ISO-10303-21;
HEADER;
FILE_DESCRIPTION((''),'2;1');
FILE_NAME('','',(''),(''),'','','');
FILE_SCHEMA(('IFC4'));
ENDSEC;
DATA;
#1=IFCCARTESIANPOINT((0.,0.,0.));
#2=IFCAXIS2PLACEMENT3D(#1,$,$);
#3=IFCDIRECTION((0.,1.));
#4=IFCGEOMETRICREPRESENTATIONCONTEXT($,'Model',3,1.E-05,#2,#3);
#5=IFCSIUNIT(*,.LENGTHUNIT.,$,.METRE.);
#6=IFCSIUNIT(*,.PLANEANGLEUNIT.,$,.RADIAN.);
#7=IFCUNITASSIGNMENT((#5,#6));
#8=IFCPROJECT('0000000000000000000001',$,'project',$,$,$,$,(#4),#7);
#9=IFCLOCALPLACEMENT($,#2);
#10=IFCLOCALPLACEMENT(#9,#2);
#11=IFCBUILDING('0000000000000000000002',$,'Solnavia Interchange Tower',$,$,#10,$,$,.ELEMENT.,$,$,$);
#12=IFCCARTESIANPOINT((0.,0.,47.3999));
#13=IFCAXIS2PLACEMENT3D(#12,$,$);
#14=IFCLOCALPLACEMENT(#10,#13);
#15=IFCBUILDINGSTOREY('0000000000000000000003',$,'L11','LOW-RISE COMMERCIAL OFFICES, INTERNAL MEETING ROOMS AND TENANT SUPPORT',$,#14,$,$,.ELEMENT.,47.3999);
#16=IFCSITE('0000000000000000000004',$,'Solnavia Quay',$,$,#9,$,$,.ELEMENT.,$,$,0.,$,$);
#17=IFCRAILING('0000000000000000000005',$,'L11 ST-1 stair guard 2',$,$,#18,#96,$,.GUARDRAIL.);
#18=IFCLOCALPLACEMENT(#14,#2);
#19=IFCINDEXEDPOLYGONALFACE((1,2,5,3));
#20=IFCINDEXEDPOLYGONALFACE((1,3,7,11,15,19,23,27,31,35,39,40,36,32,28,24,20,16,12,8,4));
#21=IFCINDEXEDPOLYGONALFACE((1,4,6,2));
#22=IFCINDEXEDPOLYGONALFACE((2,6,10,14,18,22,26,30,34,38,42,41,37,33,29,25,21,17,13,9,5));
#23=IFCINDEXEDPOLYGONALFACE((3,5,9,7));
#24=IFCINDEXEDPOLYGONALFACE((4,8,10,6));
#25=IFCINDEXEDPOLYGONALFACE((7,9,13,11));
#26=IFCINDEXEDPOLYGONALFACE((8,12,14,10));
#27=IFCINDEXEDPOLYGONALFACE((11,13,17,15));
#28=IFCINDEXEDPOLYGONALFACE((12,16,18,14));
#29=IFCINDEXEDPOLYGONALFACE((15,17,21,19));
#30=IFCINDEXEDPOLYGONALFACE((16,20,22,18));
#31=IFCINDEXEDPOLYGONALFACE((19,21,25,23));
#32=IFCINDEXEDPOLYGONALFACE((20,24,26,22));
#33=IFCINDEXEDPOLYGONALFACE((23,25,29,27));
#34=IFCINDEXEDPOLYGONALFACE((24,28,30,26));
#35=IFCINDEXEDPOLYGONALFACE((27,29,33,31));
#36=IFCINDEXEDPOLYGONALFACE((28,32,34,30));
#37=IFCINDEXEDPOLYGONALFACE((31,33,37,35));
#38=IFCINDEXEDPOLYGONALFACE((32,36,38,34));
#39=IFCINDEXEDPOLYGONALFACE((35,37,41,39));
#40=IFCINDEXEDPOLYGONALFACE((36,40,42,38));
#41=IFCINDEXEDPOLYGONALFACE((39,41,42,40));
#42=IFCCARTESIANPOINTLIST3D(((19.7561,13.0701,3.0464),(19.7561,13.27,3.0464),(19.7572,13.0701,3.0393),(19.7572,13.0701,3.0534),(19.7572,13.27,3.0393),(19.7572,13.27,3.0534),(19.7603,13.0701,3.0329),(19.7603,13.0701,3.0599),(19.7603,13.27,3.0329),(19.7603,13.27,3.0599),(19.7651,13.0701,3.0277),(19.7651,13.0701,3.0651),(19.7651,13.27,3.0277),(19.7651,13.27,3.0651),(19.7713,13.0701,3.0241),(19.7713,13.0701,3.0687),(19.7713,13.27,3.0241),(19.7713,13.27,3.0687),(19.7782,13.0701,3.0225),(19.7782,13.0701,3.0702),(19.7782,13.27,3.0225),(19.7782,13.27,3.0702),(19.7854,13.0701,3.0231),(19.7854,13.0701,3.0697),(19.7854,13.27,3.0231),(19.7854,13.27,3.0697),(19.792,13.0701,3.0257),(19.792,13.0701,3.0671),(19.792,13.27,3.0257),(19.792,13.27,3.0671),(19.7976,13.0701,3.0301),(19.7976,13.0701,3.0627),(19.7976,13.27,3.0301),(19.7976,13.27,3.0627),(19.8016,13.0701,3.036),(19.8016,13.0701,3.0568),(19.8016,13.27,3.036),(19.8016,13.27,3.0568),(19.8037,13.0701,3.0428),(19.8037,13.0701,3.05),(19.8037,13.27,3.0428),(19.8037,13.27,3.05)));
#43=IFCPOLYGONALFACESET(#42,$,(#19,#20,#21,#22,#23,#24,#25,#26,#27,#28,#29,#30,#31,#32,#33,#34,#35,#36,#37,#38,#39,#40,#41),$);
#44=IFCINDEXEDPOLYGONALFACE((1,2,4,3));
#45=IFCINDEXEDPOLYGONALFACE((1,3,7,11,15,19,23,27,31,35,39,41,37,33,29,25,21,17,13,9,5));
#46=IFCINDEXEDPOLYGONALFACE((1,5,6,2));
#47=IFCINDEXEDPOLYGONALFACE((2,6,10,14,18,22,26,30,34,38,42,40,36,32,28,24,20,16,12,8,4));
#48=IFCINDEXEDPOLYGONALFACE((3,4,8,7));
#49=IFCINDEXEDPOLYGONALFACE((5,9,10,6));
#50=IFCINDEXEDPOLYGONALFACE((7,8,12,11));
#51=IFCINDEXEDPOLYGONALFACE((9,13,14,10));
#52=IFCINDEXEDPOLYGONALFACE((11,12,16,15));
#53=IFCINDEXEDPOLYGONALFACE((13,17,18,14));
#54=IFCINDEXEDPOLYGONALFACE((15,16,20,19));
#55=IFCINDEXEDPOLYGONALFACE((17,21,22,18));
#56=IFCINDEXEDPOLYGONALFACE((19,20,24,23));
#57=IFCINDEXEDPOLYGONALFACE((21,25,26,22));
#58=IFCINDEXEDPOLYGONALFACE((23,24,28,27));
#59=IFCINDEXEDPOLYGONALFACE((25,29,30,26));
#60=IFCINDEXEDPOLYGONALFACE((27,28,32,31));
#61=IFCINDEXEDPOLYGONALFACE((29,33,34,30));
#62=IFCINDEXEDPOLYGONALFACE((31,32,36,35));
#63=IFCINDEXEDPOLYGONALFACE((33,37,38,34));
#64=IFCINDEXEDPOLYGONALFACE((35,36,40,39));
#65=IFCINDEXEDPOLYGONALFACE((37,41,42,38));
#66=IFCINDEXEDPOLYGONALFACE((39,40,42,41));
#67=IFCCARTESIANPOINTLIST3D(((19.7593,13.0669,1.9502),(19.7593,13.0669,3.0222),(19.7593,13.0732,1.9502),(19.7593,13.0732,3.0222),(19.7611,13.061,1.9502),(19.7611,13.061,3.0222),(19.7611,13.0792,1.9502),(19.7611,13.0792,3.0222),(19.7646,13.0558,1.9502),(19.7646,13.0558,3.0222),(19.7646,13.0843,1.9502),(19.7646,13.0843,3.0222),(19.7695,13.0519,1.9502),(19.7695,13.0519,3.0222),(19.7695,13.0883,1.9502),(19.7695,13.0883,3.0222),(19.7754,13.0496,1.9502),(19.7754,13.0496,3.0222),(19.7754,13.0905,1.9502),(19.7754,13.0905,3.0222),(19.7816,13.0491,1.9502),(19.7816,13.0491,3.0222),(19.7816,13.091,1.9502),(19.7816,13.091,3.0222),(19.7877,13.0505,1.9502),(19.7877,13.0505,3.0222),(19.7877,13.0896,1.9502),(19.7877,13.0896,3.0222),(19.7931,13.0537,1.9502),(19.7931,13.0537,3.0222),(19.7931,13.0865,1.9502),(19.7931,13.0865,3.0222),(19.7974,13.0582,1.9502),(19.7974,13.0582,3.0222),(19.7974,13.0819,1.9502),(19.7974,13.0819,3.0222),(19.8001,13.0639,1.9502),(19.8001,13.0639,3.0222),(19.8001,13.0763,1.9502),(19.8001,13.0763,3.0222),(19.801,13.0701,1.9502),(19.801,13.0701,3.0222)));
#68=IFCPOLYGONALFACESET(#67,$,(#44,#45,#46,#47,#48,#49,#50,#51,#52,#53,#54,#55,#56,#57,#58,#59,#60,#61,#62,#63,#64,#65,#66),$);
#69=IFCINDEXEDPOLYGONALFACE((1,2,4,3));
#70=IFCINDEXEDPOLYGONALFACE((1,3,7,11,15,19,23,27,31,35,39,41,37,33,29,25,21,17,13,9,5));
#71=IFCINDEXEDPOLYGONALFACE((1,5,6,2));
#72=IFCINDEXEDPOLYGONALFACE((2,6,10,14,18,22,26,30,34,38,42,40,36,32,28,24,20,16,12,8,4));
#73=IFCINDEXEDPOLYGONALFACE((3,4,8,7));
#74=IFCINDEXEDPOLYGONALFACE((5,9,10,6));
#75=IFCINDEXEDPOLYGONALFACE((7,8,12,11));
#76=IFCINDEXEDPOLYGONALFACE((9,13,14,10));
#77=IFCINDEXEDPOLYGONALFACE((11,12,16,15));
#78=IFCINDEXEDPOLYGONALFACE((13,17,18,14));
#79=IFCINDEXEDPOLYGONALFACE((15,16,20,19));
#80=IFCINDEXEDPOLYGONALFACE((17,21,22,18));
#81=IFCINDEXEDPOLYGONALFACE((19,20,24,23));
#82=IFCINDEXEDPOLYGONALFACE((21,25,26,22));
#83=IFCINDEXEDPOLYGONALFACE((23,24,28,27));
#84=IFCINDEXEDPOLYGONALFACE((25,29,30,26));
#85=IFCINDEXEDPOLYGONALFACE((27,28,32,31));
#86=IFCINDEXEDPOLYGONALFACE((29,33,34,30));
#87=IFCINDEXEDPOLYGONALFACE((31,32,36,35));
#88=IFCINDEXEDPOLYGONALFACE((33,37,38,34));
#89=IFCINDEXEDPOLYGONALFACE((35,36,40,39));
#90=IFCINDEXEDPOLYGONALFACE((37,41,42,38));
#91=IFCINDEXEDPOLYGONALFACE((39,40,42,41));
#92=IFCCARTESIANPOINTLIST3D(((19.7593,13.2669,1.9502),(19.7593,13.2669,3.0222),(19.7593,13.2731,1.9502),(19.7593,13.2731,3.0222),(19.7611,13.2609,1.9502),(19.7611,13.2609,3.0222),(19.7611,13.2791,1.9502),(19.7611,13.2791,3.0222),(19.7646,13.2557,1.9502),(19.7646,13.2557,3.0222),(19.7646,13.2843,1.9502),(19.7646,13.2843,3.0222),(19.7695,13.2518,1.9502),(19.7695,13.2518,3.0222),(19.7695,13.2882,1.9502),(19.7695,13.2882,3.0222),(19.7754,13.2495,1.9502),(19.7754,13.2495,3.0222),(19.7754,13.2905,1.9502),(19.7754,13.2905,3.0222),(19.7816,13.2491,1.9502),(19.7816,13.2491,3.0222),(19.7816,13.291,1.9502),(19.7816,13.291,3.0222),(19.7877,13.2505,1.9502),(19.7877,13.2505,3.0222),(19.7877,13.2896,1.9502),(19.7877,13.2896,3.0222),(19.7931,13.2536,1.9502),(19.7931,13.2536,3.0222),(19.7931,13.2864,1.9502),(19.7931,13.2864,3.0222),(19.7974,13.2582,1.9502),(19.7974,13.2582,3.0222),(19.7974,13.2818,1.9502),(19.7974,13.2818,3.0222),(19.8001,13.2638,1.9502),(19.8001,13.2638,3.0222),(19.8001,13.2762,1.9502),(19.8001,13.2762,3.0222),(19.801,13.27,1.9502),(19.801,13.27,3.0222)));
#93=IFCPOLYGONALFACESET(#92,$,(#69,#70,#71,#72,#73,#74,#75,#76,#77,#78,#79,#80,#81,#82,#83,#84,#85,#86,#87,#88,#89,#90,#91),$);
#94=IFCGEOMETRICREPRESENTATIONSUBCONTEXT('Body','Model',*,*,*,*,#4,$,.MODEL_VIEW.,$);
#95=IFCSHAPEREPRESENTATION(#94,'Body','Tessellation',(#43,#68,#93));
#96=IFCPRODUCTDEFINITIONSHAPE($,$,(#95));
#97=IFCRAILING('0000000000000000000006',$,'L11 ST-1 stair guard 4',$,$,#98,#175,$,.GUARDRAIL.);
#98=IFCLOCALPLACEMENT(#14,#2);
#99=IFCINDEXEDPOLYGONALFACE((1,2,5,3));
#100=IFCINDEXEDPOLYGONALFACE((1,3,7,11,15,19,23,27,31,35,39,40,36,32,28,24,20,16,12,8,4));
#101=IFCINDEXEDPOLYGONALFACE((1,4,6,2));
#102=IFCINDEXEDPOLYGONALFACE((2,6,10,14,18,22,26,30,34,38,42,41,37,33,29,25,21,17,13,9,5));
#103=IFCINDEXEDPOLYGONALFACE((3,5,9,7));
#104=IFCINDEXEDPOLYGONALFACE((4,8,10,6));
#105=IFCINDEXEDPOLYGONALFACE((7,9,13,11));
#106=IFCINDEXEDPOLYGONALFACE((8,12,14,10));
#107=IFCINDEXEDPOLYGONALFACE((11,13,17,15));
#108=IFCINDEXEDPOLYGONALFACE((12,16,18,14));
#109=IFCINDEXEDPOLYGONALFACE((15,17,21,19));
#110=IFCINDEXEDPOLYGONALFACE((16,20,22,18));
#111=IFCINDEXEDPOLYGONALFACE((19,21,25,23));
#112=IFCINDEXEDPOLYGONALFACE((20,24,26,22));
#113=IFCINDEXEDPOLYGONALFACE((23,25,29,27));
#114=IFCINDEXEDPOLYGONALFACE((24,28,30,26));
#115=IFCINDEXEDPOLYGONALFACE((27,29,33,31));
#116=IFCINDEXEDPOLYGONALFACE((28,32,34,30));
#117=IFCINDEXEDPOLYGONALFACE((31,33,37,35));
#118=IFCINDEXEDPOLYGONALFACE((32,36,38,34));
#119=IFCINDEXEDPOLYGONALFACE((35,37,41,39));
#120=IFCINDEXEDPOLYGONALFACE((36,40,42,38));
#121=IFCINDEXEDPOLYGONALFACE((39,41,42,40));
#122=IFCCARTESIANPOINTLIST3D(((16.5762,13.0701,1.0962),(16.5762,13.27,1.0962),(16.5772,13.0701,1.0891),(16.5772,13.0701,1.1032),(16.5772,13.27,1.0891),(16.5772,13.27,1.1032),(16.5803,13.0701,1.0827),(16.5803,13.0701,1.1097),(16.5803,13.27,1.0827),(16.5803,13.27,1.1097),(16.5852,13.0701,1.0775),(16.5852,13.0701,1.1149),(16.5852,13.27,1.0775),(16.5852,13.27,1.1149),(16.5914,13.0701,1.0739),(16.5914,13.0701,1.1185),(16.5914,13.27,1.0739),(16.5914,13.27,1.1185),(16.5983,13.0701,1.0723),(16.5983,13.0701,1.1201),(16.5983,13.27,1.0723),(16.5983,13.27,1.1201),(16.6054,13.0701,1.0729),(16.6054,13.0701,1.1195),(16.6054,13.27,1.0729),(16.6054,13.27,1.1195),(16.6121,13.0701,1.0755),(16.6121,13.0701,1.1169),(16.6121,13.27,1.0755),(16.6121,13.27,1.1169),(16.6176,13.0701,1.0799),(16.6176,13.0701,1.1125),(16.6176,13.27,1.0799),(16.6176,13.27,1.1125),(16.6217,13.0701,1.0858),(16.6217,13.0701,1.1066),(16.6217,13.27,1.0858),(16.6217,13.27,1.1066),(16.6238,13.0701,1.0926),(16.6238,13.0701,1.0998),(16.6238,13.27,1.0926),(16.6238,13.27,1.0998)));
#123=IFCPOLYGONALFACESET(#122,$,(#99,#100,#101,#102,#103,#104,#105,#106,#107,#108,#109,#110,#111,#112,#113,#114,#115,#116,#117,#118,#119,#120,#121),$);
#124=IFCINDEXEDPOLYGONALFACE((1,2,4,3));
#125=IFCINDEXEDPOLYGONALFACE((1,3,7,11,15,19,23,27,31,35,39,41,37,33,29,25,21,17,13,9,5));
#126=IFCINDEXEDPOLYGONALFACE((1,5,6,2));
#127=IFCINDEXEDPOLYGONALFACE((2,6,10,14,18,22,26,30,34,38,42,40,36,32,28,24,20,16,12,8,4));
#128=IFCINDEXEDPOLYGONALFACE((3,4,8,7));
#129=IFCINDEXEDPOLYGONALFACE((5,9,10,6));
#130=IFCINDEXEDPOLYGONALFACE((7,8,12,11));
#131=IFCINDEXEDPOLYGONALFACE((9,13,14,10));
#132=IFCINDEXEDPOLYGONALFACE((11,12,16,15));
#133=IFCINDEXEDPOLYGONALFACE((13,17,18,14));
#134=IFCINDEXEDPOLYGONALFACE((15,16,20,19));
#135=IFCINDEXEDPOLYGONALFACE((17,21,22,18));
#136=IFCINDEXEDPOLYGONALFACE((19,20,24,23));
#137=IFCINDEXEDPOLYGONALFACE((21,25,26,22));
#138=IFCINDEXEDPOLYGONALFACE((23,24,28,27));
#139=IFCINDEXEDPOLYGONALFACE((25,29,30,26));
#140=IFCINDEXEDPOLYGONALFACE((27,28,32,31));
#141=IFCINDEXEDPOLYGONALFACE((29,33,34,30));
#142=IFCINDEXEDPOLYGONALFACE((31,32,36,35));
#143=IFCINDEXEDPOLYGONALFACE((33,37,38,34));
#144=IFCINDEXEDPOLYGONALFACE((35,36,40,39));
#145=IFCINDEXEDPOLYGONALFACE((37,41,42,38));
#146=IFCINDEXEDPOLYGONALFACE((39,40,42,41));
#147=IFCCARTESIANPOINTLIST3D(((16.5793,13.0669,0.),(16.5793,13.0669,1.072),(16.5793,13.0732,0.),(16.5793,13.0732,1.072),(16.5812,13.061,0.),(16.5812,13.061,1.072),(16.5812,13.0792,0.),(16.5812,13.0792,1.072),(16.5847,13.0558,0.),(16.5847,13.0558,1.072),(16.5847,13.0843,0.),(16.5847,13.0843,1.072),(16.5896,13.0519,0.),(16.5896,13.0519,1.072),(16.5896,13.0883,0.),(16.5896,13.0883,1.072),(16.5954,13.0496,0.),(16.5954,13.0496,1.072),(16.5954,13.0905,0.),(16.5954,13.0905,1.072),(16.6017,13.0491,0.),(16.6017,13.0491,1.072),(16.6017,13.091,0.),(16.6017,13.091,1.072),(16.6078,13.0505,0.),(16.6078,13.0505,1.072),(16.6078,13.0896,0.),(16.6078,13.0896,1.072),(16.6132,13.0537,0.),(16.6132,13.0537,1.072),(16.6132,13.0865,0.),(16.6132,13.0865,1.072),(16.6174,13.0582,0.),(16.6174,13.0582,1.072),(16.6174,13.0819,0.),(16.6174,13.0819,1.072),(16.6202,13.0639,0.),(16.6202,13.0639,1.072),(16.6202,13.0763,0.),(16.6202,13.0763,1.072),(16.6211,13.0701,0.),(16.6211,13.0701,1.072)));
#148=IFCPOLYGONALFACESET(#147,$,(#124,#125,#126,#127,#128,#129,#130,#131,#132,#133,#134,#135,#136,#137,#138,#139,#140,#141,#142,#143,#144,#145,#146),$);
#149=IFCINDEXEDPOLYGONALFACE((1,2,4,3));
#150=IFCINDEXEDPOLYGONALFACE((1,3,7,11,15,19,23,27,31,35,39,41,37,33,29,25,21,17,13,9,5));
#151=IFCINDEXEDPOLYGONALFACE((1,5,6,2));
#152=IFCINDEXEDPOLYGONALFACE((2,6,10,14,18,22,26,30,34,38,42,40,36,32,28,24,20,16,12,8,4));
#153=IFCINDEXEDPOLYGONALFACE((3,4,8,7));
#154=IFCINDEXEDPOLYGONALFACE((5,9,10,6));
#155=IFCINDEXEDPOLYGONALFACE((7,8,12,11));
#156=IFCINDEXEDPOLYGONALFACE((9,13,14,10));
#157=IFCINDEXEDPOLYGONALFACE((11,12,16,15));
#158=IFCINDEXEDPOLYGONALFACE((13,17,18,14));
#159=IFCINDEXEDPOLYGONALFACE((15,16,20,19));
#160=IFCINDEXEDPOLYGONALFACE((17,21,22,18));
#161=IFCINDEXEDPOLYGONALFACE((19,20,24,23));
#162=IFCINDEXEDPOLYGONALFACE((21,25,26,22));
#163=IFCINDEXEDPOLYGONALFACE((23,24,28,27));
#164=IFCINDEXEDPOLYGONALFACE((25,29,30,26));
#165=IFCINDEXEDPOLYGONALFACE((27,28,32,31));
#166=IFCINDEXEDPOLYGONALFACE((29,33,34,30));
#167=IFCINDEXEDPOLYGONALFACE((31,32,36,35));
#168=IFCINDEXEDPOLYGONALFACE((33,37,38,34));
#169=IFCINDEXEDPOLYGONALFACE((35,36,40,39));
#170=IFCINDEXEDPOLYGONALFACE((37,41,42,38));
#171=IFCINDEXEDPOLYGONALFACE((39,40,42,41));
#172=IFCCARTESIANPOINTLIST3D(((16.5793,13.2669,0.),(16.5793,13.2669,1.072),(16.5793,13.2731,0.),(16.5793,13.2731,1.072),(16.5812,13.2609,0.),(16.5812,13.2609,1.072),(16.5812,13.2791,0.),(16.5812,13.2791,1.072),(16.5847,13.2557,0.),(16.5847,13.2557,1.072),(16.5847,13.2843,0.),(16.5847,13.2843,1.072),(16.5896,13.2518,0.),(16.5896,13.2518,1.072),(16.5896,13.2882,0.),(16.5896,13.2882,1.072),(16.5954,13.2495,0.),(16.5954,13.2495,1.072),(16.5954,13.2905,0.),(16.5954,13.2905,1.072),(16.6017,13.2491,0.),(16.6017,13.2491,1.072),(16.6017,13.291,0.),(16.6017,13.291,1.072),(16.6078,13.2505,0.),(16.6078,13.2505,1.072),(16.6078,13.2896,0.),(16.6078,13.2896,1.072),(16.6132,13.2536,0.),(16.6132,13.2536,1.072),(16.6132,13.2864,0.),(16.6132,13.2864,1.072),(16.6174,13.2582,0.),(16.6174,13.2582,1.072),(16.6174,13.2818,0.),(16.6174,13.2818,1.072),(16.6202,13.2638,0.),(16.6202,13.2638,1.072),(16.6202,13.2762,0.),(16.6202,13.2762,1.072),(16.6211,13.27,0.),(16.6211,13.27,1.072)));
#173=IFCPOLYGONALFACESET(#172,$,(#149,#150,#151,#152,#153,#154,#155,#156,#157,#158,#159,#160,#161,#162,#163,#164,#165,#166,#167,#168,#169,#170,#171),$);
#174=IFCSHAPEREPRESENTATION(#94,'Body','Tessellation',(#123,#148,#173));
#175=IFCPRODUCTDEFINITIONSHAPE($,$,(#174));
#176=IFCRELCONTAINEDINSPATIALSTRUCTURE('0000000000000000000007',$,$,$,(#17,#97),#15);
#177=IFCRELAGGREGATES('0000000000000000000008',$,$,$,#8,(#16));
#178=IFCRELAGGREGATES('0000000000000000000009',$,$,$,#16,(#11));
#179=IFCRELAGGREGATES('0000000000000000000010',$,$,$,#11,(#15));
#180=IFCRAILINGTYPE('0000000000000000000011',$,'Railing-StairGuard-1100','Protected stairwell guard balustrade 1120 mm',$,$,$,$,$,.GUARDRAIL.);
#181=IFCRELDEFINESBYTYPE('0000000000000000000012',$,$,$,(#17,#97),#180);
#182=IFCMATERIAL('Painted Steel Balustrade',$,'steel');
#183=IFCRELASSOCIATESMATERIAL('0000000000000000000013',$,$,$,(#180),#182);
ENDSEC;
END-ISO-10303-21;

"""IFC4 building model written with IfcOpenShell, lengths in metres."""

from ifc_helpers import new_model, si_unit, direction, frame, origin, origin_2d, place, context, subcontext, project, spatial, circle, extrude, material, type_object, element, save


model = new_model("IFC4")

# Units and contexts
model_context = context("Model", 3, precision=1e-05, world=origin(), true_north=direction((0.0, 1.0)))
body_context = subcontext(model_context, "Body", "Model", "MODEL_VIEW")
ifc_project = project(units=[si_unit("LENGTHUNIT", "METRE"), si_unit("PLANEANGLEUNIT", "RADIAN")], contexts=[model_context])

# Site, building, storey
site_placement = place(None, origin())
site = spatial("IfcSite", under=ifc_project, at=site_placement, Name="Solnavia Quay", CompositionType="ELEMENT", RefElevation=0.0)
building_placement = place(site_placement, origin())
building = spatial("IfcBuilding", under=site, at=building_placement, Name="Solnavia Interchange Tower", CompositionType="ELEMENT")
storey_placement = place(building_placement, frame((0.0, 0.0, 47.3999)))
storey = spatial("IfcBuildingStorey", under=building, at=storey_placement, Name="L11", Description="LOW-RISE COMMERCIAL OFFICES, INTERNAL MEETING ROOMS AND TENANT SUPPORT", CompositionType="ELEMENT", Elevation=47.3999)

# Railings
ifc_material_1 = material(Name="Painted Steel Balustrade", Category="steel")
railing_type_1 = type_object("IfcRailingType", Name="Railing-StairGuard-1100", Description="Protected stairwell guard balustrade 1120 mm", PredefinedType="GUARDRAIL", material=ifc_material_1)
for number, where, name in (
    (1, (19.78, 13.0701, 1.9502), "L11 ST-1 stair guard 2"),
    (2, (16.6001, 13.0701, 0.0), "L11 ST-1 stair guard 4"),
):
    element("IfcRailing", number, at=place(storey_placement, frame(where)), inside=storey, type_object=railing_type_1, Name=name, PredefinedType="GUARDRAIL", context=body_context, shape_type="SweptSolid", body=[
        extrude(circle(Radius=0.0239, at=origin_2d()), frame((0.0, 0.0, 1.0962), z_axis=(0.0, 1.0, 0.0), x_axis=(-1.0, 0.0, 0.0)), (0.0, 0.0, 1.0), 0.2),
        extrude(circle(Radius=0.021, at=origin_2d()), origin(), (0.0, 0.0, 1.0), 1.072),
        extrude(circle(Radius=0.021, at=origin_2d()), frame((0.0, 0.2, 0.0)), (0.0, 0.0, 1.0), 1.072),
    ])

save(model, "model.ifc")
